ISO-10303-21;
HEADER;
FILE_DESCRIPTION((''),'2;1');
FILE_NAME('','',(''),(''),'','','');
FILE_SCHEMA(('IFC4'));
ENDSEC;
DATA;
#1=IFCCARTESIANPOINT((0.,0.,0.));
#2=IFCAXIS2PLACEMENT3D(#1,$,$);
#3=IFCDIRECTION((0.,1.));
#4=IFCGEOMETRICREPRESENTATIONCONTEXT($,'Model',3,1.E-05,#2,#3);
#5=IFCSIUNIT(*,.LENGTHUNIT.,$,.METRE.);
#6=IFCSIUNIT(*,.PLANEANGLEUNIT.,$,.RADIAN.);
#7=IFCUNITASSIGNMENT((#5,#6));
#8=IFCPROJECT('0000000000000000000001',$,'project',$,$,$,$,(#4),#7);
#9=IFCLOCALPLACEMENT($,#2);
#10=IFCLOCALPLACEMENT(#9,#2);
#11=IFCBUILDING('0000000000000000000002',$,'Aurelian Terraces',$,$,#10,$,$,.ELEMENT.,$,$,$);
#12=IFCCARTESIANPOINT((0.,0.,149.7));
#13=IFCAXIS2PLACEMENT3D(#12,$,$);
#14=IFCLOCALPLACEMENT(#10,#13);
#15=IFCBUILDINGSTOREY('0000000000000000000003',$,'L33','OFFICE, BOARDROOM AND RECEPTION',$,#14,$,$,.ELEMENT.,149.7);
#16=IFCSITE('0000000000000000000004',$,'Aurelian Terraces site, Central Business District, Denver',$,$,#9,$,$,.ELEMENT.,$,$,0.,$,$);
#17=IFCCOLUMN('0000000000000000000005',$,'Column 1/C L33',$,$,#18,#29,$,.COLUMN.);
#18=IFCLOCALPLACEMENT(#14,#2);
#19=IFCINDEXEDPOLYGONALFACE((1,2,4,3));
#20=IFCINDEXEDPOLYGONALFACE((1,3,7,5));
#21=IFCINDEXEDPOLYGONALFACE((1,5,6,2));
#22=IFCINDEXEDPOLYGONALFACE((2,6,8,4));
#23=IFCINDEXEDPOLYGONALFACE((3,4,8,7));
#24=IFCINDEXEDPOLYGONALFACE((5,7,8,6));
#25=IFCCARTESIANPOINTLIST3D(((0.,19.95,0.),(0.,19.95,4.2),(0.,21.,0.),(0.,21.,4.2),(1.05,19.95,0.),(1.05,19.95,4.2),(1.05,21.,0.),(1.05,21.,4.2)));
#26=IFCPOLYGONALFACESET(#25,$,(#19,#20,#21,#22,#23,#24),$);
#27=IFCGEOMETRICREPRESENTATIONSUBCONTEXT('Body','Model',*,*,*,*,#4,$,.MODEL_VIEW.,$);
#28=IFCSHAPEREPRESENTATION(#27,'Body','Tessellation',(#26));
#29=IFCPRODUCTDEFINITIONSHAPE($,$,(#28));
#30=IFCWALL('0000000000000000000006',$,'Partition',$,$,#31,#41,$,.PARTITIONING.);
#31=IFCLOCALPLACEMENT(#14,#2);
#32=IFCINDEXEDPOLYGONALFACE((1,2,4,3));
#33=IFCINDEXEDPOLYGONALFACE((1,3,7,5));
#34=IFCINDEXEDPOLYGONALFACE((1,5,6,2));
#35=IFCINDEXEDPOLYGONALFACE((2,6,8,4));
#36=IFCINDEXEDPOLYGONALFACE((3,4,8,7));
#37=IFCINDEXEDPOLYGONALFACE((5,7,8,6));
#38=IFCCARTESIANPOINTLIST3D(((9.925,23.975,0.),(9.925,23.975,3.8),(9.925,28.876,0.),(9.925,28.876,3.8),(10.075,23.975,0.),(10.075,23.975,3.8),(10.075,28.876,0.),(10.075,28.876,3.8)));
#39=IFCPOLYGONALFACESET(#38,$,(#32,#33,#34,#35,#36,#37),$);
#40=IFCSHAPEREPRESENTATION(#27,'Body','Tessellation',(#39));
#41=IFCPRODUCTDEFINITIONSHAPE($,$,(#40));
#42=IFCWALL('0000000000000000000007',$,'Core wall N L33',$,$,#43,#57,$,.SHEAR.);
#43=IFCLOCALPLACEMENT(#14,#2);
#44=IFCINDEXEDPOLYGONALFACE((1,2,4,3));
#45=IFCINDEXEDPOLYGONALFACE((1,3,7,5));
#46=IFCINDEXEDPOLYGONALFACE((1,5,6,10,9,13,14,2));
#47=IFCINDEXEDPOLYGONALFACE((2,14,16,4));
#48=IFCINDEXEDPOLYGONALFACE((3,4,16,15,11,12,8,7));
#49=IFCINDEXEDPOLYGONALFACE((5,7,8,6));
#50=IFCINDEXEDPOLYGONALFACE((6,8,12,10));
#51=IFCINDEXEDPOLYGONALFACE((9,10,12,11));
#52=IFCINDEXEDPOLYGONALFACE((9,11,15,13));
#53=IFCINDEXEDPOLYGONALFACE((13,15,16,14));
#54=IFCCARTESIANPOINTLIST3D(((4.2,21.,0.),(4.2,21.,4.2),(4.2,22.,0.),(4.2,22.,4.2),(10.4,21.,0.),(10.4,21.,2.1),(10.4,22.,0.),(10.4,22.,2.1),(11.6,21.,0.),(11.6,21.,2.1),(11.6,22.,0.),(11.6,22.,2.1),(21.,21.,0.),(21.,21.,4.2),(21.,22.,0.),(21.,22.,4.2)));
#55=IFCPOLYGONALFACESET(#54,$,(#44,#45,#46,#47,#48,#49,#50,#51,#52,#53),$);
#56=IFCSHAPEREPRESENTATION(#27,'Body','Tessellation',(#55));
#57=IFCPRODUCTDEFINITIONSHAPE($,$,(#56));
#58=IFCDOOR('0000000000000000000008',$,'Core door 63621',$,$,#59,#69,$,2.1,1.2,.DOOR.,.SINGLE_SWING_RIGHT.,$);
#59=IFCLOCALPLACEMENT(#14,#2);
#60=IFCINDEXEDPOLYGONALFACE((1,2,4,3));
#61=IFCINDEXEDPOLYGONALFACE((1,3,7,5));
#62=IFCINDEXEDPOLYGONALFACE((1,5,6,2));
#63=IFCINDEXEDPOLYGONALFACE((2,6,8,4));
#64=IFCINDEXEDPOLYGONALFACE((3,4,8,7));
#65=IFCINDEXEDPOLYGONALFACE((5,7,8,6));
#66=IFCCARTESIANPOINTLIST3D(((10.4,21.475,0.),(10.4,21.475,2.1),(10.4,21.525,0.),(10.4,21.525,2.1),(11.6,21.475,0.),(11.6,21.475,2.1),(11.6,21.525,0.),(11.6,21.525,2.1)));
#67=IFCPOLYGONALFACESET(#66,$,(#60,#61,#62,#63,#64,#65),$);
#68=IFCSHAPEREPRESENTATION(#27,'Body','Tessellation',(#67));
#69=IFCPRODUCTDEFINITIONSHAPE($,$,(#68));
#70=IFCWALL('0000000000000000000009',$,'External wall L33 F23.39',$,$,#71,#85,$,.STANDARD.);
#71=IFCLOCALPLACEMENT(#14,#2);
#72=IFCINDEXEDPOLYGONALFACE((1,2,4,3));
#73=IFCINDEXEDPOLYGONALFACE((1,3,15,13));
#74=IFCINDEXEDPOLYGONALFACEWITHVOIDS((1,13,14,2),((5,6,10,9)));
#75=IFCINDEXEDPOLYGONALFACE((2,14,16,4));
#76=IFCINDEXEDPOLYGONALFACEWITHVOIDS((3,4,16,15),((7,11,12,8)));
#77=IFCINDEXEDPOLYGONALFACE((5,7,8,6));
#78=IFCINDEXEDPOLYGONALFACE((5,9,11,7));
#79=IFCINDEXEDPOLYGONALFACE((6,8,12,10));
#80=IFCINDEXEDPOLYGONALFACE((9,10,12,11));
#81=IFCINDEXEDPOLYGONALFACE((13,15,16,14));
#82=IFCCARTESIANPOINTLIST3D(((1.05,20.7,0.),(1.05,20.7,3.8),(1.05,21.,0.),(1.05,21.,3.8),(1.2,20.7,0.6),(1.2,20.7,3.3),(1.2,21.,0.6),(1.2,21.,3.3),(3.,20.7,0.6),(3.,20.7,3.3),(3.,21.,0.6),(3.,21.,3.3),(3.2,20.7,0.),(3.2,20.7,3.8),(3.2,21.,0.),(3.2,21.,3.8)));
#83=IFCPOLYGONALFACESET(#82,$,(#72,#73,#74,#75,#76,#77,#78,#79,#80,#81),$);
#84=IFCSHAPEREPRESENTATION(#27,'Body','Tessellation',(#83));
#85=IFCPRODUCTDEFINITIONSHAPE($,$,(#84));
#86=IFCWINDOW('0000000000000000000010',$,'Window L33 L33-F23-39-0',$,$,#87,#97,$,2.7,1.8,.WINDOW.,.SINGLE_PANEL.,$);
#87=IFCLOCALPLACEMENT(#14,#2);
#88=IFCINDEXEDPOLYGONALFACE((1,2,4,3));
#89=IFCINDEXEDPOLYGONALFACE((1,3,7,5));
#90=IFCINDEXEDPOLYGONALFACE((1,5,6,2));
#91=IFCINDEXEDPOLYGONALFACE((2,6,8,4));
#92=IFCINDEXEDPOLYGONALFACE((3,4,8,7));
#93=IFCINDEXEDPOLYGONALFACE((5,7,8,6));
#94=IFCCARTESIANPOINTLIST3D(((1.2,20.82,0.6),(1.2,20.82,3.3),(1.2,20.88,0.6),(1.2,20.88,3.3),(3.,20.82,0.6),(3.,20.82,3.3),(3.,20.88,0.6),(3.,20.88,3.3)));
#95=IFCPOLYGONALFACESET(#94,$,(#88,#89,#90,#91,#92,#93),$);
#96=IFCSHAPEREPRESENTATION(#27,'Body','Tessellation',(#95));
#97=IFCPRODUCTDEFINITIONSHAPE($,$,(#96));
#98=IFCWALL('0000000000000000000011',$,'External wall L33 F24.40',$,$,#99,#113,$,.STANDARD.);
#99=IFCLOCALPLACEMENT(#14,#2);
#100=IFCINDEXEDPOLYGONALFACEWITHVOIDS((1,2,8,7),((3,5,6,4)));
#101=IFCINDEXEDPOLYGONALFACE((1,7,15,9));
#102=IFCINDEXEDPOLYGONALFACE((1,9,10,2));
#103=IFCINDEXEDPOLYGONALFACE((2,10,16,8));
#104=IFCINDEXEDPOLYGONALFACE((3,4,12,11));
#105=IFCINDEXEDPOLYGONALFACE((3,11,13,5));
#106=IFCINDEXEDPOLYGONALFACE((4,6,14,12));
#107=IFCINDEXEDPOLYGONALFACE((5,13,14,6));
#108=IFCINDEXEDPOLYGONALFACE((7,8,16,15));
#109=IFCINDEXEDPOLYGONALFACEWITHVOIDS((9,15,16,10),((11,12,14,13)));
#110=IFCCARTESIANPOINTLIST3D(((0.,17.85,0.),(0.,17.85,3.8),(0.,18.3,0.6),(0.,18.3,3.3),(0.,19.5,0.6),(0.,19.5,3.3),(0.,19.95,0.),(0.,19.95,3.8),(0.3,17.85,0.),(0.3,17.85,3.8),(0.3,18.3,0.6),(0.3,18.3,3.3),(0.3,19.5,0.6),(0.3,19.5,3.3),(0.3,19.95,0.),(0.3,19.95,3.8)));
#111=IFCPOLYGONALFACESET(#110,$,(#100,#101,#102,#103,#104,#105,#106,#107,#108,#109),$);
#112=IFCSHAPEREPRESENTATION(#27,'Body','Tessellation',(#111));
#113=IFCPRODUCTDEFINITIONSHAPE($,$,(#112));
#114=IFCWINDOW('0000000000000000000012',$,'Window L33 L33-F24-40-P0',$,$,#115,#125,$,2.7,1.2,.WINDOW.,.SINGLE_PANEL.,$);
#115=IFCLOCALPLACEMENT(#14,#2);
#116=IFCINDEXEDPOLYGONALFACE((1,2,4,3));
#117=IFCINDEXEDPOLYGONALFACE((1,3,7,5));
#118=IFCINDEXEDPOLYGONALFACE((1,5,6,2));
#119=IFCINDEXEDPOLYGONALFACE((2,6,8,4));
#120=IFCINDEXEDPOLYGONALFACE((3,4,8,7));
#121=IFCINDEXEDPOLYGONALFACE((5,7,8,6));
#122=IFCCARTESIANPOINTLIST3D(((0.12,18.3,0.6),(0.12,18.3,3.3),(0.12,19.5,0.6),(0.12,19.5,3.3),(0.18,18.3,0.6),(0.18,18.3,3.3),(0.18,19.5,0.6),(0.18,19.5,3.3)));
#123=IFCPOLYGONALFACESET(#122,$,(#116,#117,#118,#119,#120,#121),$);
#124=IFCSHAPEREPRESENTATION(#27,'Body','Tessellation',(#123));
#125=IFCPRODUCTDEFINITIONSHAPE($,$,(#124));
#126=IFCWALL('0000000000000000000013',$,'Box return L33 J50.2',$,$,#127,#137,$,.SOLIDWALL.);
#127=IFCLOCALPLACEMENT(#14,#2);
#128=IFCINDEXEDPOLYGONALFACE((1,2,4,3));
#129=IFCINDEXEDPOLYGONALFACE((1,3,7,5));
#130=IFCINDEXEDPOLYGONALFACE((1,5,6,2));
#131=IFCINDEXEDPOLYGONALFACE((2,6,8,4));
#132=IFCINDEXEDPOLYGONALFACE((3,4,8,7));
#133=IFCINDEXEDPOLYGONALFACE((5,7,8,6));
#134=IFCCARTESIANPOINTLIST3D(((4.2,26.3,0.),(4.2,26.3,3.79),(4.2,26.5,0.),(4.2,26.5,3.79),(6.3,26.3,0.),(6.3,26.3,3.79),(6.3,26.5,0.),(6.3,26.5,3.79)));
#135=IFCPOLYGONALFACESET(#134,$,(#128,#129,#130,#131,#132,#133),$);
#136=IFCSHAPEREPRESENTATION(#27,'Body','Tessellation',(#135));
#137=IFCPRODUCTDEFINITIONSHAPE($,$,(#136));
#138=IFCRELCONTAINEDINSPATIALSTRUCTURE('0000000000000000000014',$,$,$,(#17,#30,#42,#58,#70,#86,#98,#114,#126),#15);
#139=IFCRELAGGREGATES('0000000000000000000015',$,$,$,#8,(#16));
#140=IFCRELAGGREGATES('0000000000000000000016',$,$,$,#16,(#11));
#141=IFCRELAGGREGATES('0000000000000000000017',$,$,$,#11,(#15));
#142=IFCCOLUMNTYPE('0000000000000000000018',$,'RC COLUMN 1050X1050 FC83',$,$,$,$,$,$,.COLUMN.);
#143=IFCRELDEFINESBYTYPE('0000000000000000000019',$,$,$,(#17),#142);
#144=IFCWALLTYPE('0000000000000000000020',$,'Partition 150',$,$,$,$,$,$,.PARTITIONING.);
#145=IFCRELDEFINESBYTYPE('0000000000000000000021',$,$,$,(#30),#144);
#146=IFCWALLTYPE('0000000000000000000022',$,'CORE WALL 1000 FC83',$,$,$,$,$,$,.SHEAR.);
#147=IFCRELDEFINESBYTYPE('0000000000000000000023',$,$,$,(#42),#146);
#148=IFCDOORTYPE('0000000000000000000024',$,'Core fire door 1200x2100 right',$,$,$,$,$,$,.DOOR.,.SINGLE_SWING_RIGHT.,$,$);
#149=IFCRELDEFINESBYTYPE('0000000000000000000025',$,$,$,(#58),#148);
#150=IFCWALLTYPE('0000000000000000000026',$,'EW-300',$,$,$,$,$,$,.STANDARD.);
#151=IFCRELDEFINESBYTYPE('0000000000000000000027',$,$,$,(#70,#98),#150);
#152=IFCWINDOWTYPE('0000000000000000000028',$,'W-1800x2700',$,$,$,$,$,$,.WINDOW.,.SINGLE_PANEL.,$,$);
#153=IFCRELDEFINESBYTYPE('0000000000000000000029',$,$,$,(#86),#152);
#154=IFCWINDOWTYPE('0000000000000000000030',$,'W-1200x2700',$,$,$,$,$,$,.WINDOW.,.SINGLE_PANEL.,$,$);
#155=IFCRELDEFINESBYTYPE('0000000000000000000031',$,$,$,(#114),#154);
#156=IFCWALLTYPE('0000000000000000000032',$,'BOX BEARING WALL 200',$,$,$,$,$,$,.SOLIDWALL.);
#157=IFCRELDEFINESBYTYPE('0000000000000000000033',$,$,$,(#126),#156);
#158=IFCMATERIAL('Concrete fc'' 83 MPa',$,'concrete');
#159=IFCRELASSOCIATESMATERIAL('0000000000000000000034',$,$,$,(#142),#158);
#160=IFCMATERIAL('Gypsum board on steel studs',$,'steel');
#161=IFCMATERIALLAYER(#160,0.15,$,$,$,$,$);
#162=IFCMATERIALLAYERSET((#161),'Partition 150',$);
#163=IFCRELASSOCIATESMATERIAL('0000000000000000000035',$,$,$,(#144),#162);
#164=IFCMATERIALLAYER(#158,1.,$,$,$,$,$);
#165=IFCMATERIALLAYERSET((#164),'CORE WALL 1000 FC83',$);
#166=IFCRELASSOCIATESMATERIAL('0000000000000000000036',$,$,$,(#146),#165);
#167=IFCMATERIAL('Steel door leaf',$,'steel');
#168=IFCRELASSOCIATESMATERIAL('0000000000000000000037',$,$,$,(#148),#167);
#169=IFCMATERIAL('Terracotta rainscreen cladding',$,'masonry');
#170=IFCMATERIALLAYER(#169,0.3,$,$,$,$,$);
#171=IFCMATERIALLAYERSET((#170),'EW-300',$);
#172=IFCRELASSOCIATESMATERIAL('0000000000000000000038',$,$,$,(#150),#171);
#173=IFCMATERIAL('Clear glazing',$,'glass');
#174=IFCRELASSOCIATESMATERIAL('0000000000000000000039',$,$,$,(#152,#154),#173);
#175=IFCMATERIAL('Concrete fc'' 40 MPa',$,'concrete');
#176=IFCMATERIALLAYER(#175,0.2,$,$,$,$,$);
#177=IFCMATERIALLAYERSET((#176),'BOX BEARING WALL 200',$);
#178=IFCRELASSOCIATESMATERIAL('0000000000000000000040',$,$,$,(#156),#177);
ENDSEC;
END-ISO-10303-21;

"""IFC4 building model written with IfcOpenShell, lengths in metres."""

from ifc_helpers import new_model, si_unit, direction, frame, frame_2d, origin, origin_2d, place, context, subcontext, project, spatial, rectangle, extrude, source, transform, mapped, material, layer, layer_set, material_profile, profile_set, type_object, element, fill, save


model = new_model("IFC4")

# Units and contexts
model_context = context("Model", 3, precision=1e-05, world=origin(), true_north=direction((0.0, 1.0)))
body_context = subcontext(model_context, "Body", "Model", "MODEL_VIEW")
ifc_project = project(units=[si_unit("LENGTHUNIT", "METRE"), si_unit("PLANEANGLEUNIT", "RADIAN")], contexts=[model_context])

# Site, building, storey
site_placement = place(None, origin())
site = spatial("IfcSite", under=ifc_project, at=site_placement, Name="Aurelian Terraces site, Central Business District, Denver", CompositionType="ELEMENT", RefElevation=0.0)
building_placement = place(site_placement, origin())
building = spatial("IfcBuilding", under=site, at=building_placement, Name="Aurelian Terraces", CompositionType="ELEMENT")
storey_placement = place(building_placement, frame((0.0, 0.0, 149.7)))
storey = spatial("IfcBuildingStorey", under=building, at=storey_placement, Name="L33", Description="OFFICE, BOARDROOM AND RECEPTION", CompositionType="ELEMENT", Elevation=149.7)

# Column
ifc_material_1 = material(Name="Concrete fc' 83 MPa", Category="concrete")
ifc_material_profile = material_profile(ifc_material_1, rectangle(XDim=1.05, YDim=1.05, at=origin_2d()))
ifc_profile_set = profile_set([ifc_material_profile], Name="Concrete fc' 83 MPa")
column_type = type_object("IfcColumnType", Name="RC COLUMN 1050X1050 FC83", PredefinedType="COLUMN", material=ifc_profile_set)
shared_shape_1 = source(origin(), body_context, "Body", "SweptSolid", [
    extrude(rectangle(XDim=1.05, YDim=1.05, at=origin_2d()), origin(), (0.0, 0.0, 1.0), 4.2),
])
column_placement = place(storey_placement, frame((0.525, 20.475, 0.0), z_axis=(0.0, 0.0, 1.0), x_axis=(1.0, 0.0, 0.0)))
element("IfcColumn", 1, at=column_placement, inside=storey, type_object=column_type, Name="Column 1/C L33", PredefinedType="COLUMN", context=body_context, shape_type="MappedRepresentation", body=[
    mapped(shared_shape_1, transform((0.0, 0.0, 0.0), scale=1.0)),
])

# Wall
ifc_material_2 = material(Name="Gypsum board on steel studs", Category="steel")
ifc_layer_1 = layer(ifc_material_2, 0.15)
ifc_layer_set_1 = layer_set([ifc_layer_1], Name="Partition 150")
wall_type_1 = type_object("IfcWallType", Name="Partition 150", PredefinedType="PARTITIONING", material=ifc_layer_set_1)
wall_1_placement = place(storey_placement, frame((10.0, 23.975, 0.0), z_axis=(0.0, 0.0, 1.0), x_axis=(0.0, 1.0, 0.0)))
element("IfcWall", 2, at=wall_1_placement, inside=storey, type_object=wall_type_1, Name="Partition", PredefinedType="PARTITIONING", context=body_context, shape_type="SweptSolid", body=[
    extrude(rectangle(XDim=4.901, YDim=0.15, at=frame_2d((2.4505, 0.0))), origin(), (0.0, 0.0, 1.0), 3.8),
])

# Wall, opening, door
ifc_layer_2 = layer(ifc_material_1, 1.0)
ifc_layer_set_2 = layer_set([ifc_layer_2], Name="CORE WALL 1000 FC83")
wall_type_2 = type_object("IfcWallType", Name="CORE WALL 1000 FC83", PredefinedType="SHEAR", material=ifc_layer_set_2)
shared_shape_2 = source(origin(), body_context, "Body", "SweptSolid", [
    extrude(rectangle(XDim=16.8, YDim=1.0, at=frame_2d((8.4, 0.0))), origin(), (0.0, 0.0, 1.0), 4.2),
])
wall_2_placement = place(storey_placement, frame((4.2, 21.5, 0.0), z_axis=(0.0, 0.0, 1.0), x_axis=(1.0, 0.0, 0.0)))
wall_2 = element("IfcWall", 3, at=wall_2_placement, inside=storey, type_object=wall_type_2, Name="Core wall N L33", PredefinedType="SHEAR", context=body_context, shape_type="MappedRepresentation", body=[
    mapped(shared_shape_2, transform((0.0, 0.0, 0.0), scale=1.0)),
])
shared_shape_3 = source(origin(), body_context, "Body", "SweptSolid", [
    extrude(rectangle(XDim=1.2, YDim=2.1, at=frame_2d((0.6, 1.05))), frame((0.0, 0.51, 0.0), z_axis=(0.0, -1.0, 0.0), x_axis=(1.0, 0.0, 0.0)), (0.0, 0.0, 1.0), 1.02),
])
opening_1_placement = place(wall_2_placement, frame((6.2, 0.0, 0.0)))
opening_1 = element("IfcOpeningElement", 4, at=opening_1_placement, cuts=wall_2, PredefinedType="OPENING", context=body_context, shape_type="MappedRepresentation", body=[
    mapped(shared_shape_3, transform((0.0, 0.0, 0.0), scale=1.0)),
])
ifc_material_3 = material(Name="Steel door leaf", Category="steel")
door_type_1 = type_object("IfcDoorType", Name="Core fire door 1200x2100 right", OperationType="SINGLE_SWING_RIGHT", PredefinedType="DOOR", material=ifc_material_3)
shared_shape_4 = source(origin(), body_context, "Body", "SweptSolid", [
    extrude(rectangle(XDim=1.2, YDim=2.1, at=frame_2d((0.6, 1.05))), frame((0.0, 0.025, 0.0), z_axis=(0.0, -1.0, 0.0), x_axis=(1.0, 0.0, 0.0)), (0.0, 0.0, 1.0), 0.05),
])
door_1_placement = place(opening_1_placement, origin())
door_1 = element("IfcDoor", 5, at=door_1_placement, inside=storey, type_object=door_type_1, Name="Core door 63621", OperationType="SINGLE_SWING_RIGHT", OverallHeight=2.1, OverallWidth=1.2, PredefinedType="DOOR", context=body_context, shape_type="MappedRepresentation", body=[
    mapped(shared_shape_4, transform((0.0, 0.0, 0.0), scale=1.0)),
])
fill(opening_1, door_1)

# Walls, openings, windows
ifc_material_4 = material(Name="Terracotta rainscreen cladding", Category="masonry")
ifc_layer_3 = layer(ifc_material_4, 0.3)
ifc_layer_set_3 = layer_set([ifc_layer_3], Name="EW-300")
wall_type_3 = type_object("IfcWallType", Name="EW-300", PredefinedType="STANDARD", material=ifc_layer_set_3)
shared_shape_5 = source(origin(), body_context, "Body", "SweptSolid", [
    extrude(rectangle(XDim=2.15, YDim=0.3, at=frame_2d((1.075, 0.0))), origin(), (0.0, 0.0, 1.0), 3.8),
])
wall_3_placement = place(storey_placement, frame((3.2, 20.85, 0.0), z_axis=(0.0, 0.0, 1.0), x_axis=(-1.0, 0.0, 0.0)))
wall_3 = element("IfcWall", 6, at=wall_3_placement, inside=storey, type_object=wall_type_3, Name="External wall L33 F23.39", PredefinedType="STANDARD", context=body_context, shape_type="MappedRepresentation", body=[
    mapped(shared_shape_5, transform((0.0, 0.0, 0.0), scale=1.0)),
])
shared_shape_6 = source(origin(), body_context, "Body", "SweptSolid", [
    extrude(rectangle(XDim=1.8, YDim=2.7, at=frame_2d((0.9, 1.35))), frame((0.0, 0.16, 0.0), z_axis=(0.0, -1.0, 0.0), x_axis=(1.0, 0.0, 0.0)), (0.0, 0.0, 1.0), 0.32),
])
opening_2_placement = place(wall_3_placement, frame((0.2, 0.0, 0.6)))
opening_2 = element("IfcOpeningElement", 7, at=opening_2_placement, cuts=wall_3, PredefinedType="OPENING", context=body_context, shape_type="MappedRepresentation", body=[
    mapped(shared_shape_6, transform((0.0, 0.0, 0.0), scale=1.0)),
])
ifc_material_5 = material(Name="Clear glazing", Category="glass")
window_type_1 = type_object("IfcWindowType", Name="W-1800x2700", PartitioningType="SINGLE_PANEL", PredefinedType="WINDOW", material=ifc_material_5)
shared_shape_7 = source(origin(), body_context, "Body", "SweptSolid", [
    extrude(rectangle(XDim=1.8, YDim=2.7, at=frame_2d((0.9, 1.35))), frame((0.0, 0.03, 0.0), z_axis=(0.0, -1.0, 0.0), x_axis=(1.0, 0.0, 0.0)), (0.0, 0.0, 1.0), 0.06),
])
window_1_placement = place(opening_2_placement, origin())
window_1 = element("IfcWindow", 8, at=window_1_placement, inside=storey, type_object=window_type_1, Name="Window L33 L33-F23-39-0", OverallHeight=2.7, OverallWidth=1.8, PartitioningType="SINGLE_PANEL", PredefinedType="WINDOW", context=body_context, shape_type="MappedRepresentation", body=[
    mapped(shared_shape_7, transform((0.0, 0.0, 0.0), scale=1.0)),
])
fill(opening_2, window_1)
shared_shape_8 = source(origin(), body_context, "Body", "SweptSolid", [
    extrude(rectangle(XDim=2.1, YDim=0.3, at=frame_2d((1.05, 0.0))), origin(), (0.0, 0.0, 1.0), 3.8),
])
wall_4_placement = place(storey_placement, frame((0.15, 19.95, 0.0), z_axis=(0.0, 0.0, 1.0), x_axis=(0.0, -1.0, 0.0)))
wall_4 = element("IfcWall", 9, at=wall_4_placement, inside=storey, type_object=wall_type_3, Name="External wall L33 F24.40", PredefinedType="STANDARD", context=body_context, shape_type="MappedRepresentation", body=[
    mapped(shared_shape_8, transform((0.0, 0.0, 0.0), scale=1.0)),
])
shared_shape_9 = source(origin(), body_context, "Body", "SweptSolid", [
    extrude(rectangle(XDim=1.2, YDim=2.7, at=frame_2d((0.6, 1.35))), frame((0.0, 0.16, 0.0), z_axis=(0.0, -1.0, 0.0), x_axis=(1.0, 0.0, 0.0)), (0.0, 0.0, 1.0), 0.32),
])
opening_3_placement = place(wall_4_placement, frame((0.45, 0.0, 0.6)))
opening_3 = element("IfcOpeningElement", 10, at=opening_3_placement, cuts=wall_4, PredefinedType="OPENING", context=body_context, shape_type="MappedRepresentation", body=[
    mapped(shared_shape_9, transform((0.0, 0.0, 0.0), scale=1.0)),
])
window_type_2 = type_object("IfcWindowType", Name="W-1200x2700", PartitioningType="SINGLE_PANEL", PredefinedType="WINDOW", material=ifc_material_5)
shared_shape_10 = source(origin(), body_context, "Body", "SweptSolid", [
    extrude(rectangle(XDim=1.2, YDim=2.7, at=frame_2d((0.6, 1.35))), frame((0.0, 0.03, 0.0), z_axis=(0.0, -1.0, 0.0), x_axis=(1.0, 0.0, 0.0)), (0.0, 0.0, 1.0), 0.06),
])
window_2_placement = place(opening_3_placement, origin())
window_2 = element("IfcWindow", 11, at=window_2_placement, inside=storey, type_object=window_type_2, Name="Window L33 L33-F24-40-P0", OverallHeight=2.7, OverallWidth=1.2, PartitioningType="SINGLE_PANEL", PredefinedType="WINDOW", context=body_context, shape_type="MappedRepresentation", body=[
    mapped(shared_shape_10, transform((0.0, 0.0, 0.0), scale=1.0)),
])
fill(opening_3, window_2)

# Wall
ifc_material_6 = material(Name="Concrete fc' 40 MPa", Category="concrete")
ifc_layer_4 = layer(ifc_material_6, 0.2)
ifc_layer_set_4 = layer_set([ifc_layer_4], Name="BOX BEARING WALL 200")
wall_type_4 = type_object("IfcWallType", Name="BOX BEARING WALL 200", PredefinedType="SOLIDWALL", material=ifc_layer_set_4)
shared_shape_11 = source(origin(), body_context, "Body", "SweptSolid", [
    extrude(rectangle(XDim=2.1, YDim=0.2, at=frame_2d((1.05, 0.0))), origin(), (0.0, 0.0, 1.0), 3.79),
])
wall_5_placement = place(storey_placement, frame((6.3, 26.4, 0.0), z_axis=(0.0, 0.0, 1.0), x_axis=(-1.0, 0.0, 0.0)))
element("IfcWall", 12, at=wall_5_placement, inside=storey, type_object=wall_type_4, Name="Box return L33 J50.2", PredefinedType="SOLIDWALL", context=body_context, shape_type="MappedRepresentation", body=[
    mapped(shared_shape_11, transform((0.0, 0.0, 0.0), scale=1.0)),
])

save(model, "model.ifc")
